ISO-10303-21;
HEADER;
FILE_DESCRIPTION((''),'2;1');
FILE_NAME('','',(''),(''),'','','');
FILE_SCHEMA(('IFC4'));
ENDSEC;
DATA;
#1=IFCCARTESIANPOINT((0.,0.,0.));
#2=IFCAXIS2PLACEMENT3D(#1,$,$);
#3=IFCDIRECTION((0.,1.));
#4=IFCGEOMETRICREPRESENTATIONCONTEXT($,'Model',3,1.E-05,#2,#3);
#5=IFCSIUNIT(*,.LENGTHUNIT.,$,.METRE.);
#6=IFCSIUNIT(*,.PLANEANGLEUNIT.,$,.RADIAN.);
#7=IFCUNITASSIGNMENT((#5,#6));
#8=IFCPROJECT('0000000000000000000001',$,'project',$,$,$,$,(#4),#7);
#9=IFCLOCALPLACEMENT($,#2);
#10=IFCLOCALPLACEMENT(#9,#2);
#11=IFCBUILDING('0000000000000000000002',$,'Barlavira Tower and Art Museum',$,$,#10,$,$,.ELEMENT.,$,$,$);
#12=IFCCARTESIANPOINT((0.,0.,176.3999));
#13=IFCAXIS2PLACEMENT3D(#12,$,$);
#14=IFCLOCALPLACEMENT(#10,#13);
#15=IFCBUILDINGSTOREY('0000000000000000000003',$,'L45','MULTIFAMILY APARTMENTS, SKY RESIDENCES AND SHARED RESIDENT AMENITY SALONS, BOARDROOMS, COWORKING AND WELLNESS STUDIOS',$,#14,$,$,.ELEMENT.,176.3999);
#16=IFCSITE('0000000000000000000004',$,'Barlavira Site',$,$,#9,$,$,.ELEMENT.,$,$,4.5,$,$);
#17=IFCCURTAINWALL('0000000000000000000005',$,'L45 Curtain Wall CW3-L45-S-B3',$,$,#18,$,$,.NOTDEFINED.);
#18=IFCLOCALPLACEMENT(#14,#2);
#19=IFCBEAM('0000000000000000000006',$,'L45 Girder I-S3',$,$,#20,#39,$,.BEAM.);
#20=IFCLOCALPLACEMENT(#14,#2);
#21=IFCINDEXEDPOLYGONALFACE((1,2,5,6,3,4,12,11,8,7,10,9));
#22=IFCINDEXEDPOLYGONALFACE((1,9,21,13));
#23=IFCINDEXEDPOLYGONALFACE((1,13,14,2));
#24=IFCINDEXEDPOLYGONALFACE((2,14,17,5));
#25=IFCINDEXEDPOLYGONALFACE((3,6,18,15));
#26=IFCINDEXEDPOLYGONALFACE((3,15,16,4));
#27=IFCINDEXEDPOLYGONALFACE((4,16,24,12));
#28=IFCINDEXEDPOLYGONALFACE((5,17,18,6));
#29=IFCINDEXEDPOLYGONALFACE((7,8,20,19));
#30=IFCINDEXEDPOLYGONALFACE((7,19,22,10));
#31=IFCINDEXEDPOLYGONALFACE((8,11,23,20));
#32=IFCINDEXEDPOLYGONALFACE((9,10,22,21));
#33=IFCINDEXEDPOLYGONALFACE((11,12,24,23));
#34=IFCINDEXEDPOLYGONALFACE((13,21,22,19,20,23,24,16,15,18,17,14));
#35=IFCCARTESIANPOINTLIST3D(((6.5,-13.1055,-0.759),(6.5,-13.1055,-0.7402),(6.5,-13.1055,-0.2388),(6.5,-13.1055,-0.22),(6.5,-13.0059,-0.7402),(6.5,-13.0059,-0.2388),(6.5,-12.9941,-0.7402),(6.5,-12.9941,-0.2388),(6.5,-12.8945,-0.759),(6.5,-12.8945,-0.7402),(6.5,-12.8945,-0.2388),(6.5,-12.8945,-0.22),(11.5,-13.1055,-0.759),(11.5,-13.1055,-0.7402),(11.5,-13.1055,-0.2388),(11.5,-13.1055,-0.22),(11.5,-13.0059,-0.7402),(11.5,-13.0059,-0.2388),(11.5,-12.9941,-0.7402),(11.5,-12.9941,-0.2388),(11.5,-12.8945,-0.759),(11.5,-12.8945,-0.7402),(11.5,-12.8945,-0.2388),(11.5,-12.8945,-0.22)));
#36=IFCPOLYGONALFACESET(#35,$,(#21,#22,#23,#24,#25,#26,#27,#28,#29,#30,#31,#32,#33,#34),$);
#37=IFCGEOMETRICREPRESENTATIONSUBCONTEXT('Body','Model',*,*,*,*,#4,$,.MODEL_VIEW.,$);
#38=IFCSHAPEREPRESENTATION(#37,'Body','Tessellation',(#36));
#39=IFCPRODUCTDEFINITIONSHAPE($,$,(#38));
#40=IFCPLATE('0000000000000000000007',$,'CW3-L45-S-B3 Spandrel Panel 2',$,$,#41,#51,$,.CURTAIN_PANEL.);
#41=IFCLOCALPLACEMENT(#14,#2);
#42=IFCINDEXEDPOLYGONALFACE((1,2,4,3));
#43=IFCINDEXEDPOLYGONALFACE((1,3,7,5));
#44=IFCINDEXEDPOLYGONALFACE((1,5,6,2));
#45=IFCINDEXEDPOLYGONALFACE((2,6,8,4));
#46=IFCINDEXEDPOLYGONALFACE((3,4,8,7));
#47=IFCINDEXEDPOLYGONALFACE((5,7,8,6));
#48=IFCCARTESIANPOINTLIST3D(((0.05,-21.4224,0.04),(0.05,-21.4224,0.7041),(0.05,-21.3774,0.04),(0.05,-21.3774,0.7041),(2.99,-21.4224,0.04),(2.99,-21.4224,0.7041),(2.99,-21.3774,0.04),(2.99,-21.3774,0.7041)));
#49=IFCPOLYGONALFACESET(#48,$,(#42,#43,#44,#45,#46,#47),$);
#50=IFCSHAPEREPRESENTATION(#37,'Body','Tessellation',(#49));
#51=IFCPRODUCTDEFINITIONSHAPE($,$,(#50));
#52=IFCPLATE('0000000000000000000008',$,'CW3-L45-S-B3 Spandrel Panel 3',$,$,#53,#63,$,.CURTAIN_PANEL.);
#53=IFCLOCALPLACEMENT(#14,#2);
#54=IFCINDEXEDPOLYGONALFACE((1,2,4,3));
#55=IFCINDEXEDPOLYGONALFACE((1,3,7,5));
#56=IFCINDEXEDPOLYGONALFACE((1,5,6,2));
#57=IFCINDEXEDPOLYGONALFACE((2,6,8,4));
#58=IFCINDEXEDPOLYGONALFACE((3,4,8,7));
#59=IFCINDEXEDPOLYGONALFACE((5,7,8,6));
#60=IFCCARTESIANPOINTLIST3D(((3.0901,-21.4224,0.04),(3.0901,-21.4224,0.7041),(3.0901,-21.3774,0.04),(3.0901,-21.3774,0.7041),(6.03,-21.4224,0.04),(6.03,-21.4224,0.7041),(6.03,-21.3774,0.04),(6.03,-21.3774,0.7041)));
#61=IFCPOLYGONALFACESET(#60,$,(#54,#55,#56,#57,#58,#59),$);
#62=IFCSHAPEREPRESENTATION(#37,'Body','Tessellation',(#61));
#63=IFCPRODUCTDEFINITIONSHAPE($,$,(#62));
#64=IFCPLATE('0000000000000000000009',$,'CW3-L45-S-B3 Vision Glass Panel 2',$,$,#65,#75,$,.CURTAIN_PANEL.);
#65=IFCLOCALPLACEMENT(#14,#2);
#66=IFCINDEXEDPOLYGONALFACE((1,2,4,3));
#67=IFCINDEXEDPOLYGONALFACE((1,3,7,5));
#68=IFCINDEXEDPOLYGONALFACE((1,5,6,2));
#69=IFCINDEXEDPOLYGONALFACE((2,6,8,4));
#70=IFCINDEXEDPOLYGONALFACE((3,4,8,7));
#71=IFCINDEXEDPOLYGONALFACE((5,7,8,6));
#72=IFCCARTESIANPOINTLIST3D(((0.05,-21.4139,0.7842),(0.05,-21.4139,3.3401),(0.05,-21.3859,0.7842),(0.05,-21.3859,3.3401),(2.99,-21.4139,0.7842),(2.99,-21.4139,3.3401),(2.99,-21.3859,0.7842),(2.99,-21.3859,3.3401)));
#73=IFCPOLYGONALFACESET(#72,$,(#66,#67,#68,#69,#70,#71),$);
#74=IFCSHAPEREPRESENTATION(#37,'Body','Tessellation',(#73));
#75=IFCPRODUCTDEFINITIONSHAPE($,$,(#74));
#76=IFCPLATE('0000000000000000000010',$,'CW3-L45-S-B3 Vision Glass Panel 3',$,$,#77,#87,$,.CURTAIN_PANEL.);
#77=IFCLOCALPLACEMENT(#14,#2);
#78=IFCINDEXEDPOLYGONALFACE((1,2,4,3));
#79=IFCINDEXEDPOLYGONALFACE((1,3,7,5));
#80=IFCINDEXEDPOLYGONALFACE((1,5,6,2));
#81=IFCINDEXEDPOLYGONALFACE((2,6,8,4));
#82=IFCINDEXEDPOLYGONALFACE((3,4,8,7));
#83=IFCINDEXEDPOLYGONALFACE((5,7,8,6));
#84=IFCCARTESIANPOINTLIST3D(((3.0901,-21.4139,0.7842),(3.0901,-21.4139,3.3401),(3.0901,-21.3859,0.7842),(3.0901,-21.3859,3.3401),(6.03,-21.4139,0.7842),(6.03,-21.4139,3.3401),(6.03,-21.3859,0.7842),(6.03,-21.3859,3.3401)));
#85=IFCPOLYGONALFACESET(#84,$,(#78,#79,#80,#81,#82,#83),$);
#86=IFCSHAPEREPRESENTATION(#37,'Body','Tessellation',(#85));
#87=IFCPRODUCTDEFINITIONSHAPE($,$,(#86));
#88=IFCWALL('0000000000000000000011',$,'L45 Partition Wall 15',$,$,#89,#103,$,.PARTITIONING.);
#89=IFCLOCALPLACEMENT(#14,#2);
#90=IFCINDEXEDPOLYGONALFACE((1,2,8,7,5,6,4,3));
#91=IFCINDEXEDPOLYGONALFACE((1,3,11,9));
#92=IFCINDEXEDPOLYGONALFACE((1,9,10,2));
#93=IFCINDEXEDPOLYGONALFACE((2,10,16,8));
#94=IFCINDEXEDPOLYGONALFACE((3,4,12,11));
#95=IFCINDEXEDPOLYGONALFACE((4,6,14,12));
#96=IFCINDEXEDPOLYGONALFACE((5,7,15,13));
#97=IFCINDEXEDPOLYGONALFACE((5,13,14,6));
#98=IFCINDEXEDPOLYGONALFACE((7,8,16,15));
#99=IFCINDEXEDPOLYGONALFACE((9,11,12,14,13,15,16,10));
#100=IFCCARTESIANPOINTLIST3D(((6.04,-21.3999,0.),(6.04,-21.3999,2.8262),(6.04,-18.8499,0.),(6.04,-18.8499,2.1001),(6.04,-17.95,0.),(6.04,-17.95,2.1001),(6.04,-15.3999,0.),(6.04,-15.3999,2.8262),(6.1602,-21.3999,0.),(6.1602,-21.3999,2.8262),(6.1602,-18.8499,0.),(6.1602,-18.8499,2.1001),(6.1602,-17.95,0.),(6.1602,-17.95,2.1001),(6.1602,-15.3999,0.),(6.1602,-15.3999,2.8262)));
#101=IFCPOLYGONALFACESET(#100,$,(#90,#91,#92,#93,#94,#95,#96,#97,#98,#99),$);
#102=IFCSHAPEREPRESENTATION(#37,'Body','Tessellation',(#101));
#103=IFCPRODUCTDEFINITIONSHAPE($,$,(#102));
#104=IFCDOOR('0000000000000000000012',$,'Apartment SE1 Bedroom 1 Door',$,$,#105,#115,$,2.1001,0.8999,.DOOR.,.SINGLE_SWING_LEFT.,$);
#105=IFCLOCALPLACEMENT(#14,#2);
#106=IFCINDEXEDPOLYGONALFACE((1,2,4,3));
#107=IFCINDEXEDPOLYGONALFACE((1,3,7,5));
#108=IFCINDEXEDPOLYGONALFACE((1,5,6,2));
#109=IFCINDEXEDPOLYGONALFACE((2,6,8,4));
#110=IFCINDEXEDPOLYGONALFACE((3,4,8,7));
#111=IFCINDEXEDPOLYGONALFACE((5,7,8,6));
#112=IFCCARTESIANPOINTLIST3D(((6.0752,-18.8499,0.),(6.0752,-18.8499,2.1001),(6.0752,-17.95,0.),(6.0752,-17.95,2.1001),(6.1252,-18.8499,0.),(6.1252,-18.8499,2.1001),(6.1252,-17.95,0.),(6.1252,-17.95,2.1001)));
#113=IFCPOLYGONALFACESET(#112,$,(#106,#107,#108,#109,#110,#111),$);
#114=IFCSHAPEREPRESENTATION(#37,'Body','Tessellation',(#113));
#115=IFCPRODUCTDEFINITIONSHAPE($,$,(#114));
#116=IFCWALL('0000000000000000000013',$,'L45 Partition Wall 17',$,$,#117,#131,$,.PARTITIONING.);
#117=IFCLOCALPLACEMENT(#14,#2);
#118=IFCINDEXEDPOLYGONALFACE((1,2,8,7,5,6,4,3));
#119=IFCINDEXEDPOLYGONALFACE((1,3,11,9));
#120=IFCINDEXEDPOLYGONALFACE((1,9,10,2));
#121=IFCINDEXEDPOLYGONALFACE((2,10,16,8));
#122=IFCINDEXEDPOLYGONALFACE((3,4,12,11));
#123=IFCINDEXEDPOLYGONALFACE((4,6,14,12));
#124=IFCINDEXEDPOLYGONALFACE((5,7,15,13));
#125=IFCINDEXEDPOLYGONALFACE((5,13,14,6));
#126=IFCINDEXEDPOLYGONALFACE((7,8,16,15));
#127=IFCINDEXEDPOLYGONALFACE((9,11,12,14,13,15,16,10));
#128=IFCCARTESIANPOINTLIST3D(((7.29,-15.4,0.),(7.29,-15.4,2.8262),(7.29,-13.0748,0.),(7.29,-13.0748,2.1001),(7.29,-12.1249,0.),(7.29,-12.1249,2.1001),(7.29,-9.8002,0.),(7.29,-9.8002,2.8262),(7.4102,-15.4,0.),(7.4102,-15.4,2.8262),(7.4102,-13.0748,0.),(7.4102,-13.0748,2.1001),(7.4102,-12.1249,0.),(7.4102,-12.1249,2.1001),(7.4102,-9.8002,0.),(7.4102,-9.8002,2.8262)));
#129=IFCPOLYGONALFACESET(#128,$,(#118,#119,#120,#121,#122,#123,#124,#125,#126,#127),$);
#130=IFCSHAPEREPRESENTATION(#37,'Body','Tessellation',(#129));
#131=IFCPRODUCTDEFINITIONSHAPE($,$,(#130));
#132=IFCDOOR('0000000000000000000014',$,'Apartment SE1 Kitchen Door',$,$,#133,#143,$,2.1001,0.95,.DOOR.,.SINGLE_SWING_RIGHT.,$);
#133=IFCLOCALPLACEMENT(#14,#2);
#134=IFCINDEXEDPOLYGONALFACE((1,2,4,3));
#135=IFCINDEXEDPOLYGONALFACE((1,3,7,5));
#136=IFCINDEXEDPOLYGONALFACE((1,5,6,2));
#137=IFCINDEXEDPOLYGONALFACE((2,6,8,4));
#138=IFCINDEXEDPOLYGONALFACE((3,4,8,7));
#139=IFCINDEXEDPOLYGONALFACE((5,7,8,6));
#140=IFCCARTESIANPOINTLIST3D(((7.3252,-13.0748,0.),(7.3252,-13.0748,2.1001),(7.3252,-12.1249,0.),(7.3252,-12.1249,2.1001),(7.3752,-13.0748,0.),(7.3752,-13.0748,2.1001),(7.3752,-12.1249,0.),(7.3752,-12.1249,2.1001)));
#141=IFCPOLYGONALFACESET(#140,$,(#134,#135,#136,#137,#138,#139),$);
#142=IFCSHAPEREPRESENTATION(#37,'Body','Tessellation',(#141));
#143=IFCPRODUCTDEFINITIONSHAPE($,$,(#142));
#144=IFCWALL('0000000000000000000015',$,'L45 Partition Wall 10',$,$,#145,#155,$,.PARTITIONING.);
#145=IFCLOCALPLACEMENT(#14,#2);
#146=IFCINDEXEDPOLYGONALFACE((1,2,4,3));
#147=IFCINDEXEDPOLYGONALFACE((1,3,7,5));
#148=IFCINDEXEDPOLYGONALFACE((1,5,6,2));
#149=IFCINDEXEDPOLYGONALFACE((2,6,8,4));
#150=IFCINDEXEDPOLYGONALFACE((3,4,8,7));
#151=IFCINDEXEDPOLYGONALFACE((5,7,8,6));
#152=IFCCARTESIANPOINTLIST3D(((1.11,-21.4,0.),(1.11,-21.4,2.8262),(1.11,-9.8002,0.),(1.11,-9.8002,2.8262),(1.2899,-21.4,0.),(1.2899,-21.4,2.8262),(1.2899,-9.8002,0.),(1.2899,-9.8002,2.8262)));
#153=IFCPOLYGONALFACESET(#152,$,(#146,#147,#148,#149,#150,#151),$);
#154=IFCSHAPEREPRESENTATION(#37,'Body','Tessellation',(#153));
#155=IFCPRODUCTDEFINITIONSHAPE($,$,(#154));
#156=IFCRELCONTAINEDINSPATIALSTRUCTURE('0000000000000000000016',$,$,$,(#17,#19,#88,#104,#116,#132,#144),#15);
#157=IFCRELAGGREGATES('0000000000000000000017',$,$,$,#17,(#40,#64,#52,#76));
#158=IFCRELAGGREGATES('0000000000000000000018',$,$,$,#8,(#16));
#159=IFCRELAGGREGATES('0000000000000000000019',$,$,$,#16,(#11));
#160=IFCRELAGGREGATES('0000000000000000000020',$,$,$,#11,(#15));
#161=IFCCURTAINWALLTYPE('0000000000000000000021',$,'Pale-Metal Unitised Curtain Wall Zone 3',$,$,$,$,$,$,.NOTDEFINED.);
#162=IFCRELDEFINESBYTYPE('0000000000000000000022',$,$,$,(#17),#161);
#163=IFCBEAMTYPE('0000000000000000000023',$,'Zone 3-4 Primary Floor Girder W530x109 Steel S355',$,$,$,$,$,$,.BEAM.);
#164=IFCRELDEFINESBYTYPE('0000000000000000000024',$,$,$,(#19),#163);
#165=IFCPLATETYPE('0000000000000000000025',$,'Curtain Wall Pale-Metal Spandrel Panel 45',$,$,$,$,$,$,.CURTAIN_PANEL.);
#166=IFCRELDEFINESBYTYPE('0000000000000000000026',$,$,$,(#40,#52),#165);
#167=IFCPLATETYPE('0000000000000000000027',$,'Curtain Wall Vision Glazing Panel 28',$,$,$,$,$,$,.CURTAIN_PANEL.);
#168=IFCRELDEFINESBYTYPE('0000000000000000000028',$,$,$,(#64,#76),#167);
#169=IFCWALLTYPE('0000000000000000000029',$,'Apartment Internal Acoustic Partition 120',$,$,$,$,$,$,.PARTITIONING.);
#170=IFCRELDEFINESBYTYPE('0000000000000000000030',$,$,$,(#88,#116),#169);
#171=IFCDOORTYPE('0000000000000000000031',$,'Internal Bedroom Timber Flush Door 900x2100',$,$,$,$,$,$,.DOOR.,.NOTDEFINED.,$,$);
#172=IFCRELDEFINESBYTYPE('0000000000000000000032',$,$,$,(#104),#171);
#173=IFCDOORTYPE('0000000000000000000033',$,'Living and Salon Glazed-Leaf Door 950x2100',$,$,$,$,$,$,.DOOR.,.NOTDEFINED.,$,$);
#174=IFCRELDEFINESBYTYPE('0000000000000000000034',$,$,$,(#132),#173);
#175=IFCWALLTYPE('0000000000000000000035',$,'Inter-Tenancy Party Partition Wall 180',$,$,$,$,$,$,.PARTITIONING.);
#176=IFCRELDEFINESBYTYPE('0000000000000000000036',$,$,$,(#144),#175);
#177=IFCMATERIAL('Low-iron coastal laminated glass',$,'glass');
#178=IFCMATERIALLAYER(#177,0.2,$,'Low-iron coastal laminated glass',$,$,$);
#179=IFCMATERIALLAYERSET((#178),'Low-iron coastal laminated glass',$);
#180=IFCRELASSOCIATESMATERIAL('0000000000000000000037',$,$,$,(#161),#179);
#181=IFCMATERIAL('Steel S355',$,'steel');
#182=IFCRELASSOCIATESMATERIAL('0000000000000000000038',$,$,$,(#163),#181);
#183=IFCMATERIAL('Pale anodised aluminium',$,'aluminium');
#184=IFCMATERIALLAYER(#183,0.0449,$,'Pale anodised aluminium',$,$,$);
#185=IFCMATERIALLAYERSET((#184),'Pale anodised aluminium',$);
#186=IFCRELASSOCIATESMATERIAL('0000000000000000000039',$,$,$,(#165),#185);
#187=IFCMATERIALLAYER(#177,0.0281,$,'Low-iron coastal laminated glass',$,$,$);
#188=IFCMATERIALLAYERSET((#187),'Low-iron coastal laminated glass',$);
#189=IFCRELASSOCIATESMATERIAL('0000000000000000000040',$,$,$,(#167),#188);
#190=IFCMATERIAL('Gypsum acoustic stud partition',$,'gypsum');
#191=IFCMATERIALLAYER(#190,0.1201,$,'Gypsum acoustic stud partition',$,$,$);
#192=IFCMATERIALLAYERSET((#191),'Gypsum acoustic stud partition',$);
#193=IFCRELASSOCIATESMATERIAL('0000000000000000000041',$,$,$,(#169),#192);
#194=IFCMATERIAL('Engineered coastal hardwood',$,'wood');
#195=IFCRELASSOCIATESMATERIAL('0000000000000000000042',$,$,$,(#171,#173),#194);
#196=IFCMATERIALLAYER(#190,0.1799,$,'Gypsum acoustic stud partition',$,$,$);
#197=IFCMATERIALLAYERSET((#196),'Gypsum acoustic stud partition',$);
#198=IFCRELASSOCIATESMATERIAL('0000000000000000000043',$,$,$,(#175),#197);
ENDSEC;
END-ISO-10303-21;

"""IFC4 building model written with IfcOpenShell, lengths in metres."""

from ifc_helpers import new_model, si_unit, direction, frame, frame_2d, origin, origin_2d, place, context, subcontext, project, spatial, rectangle, i_section, extrude, material, layer, layer_set, material_profile, profile_set, type_object, element, fill, aggregate, save


model = new_model("IFC4")

# Units and contexts
model_context = context("Model", 3, precision=1e-05, world=origin(), true_north=direction((0.0, 1.0)))
body_context = subcontext(model_context, "Body", "Model", "MODEL_VIEW")
ifc_project = project(units=[si_unit("LENGTHUNIT", "METRE"), si_unit("PLANEANGLEUNIT", "RADIAN")], contexts=[model_context])

# Site, building, storey
site_placement = place(None, origin())
site = spatial("IfcSite", under=ifc_project, at=site_placement, Name="Barlavira Site", CompositionType="ELEMENT", RefElevation=4.5)
building_placement = place(site_placement, origin())
building = spatial("IfcBuilding", under=site, at=building_placement, Name="Barlavira Tower and Art Museum", CompositionType="ELEMENT")
storey_placement = place(building_placement, frame((0.0, 0.0, 176.3999)))
storey = spatial("IfcBuildingStorey", under=building, at=storey_placement, Name="L45", Description="MULTIFAMILY APARTMENTS, SKY RESIDENCES AND SHARED RESIDENT AMENITY SALONS, BOARDROOMS, COWORKING AND WELLNESS STUDIOS", CompositionType="ELEMENT", Elevation=176.3999)

# Curtain wall
ifc_material_1 = material(Name="Low-iron coastal laminated glass", Category="glass")
ifc_layer_1 = layer(ifc_material_1, 0.2, Name="Low-iron coastal laminated glass")
ifc_layer_set_1 = layer_set([ifc_layer_1], Name="Low-iron coastal laminated glass")
curtain_wall_type = type_object("IfcCurtainWallType", Name="Pale-Metal Unitised Curtain Wall Zone 3", PredefinedType="NOTDEFINED", material=ifc_layer_set_1)
curtain_wall_placement = place(storey_placement, origin())
curtain_wall = element("IfcCurtainWall", 1, at=curtain_wall_placement, inside=storey, type_object=curtain_wall_type, Name="L45 Curtain Wall CW3-L45-S-B3", PredefinedType="NOTDEFINED")
ifc_material_2 = material(Name="Pale anodised aluminium", Category="aluminium")

# Beam
ifc_material_3 = material(Name="Steel S355", Category="steel")
ifc_material_profile_1 = material_profile(ifc_material_3, i_section(OverallWidth=0.2109, OverallDepth=0.5391, WebThickness=0.0117, FlangeThickness=0.0188, at=origin_2d()), Name="W530x109.0")
ifc_profile_set_1 = profile_set([ifc_material_profile_1], Name="Steel S355")
beam_type_1 = type_object("IfcBeamType", Name="Zone 3-4 Primary Floor Girder W530x109 Steel S355", PredefinedType="BEAM", material=ifc_profile_set_1)
beam_1_placement = place(storey_placement, frame((6.5, -13.0, -0.4895), z_axis=(1.0, 0.0, 0.0), x_axis=(0.0, 1.0, 0.0)))
element("IfcBeam", 2, at=beam_1_placement, inside=storey, type_object=beam_type_1, Name="L45 Girder I-S3", PredefinedType="BEAM", context=body_context, shape_type="SweptSolid", body=[
    extrude(i_section(OverallWidth=0.2109, OverallDepth=0.5391, WebThickness=0.0117, FlangeThickness=0.0188, at=origin_2d()), origin(), (0.0, 0.0, 1.0), 5.0),
])

# Plates
ifc_layer_2 = layer(ifc_material_2, 0.0449, Name="Pale anodised aluminium")
ifc_layer_set_2 = layer_set([ifc_layer_2], Name="Pale anodised aluminium")
plate_type_1 = type_object("IfcPlateType", Name="Curtain Wall Pale-Metal Spandrel Panel 45", PredefinedType="CURTAIN_PANEL", material=ifc_layer_set_2)
plate_1_placement = place(storey_placement, frame((1.52, -21.3999, 0.04), z_axis=(0.0, 0.0, 1.0), x_axis=(1.0, 0.0, 0.0)))
plate_1 = element("IfcPlate", 3, at=plate_1_placement, type_object=plate_type_1, Name="CW3-L45-S-B3 Spandrel Panel 2", PredefinedType="CURTAIN_PANEL", context=body_context, shape_type="SweptSolid", body=[
    extrude(rectangle(XDim=2.9399, YDim=0.0449, at=origin_2d()), origin(), (0.0, 0.0, 1.0), 0.6641),
])
plate_2_placement = place(storey_placement, frame((4.5601, -21.3999, 0.04), z_axis=(0.0, 0.0, 1.0), x_axis=(1.0, 0.0, 0.0)))
plate_2 = element("IfcPlate", 4, at=plate_2_placement, type_object=plate_type_1, Name="CW3-L45-S-B3 Spandrel Panel 3", PredefinedType="CURTAIN_PANEL", context=body_context, shape_type="SweptSolid", body=[
    extrude(rectangle(XDim=2.9399, YDim=0.0449, at=origin_2d()), origin(), (0.0, 0.0, 1.0), 0.6641),
])
ifc_layer_3 = layer(ifc_material_1, 0.0281, Name="Low-iron coastal laminated glass")
ifc_layer_set_3 = layer_set([ifc_layer_3], Name="Low-iron coastal laminated glass")
plate_type_2 = type_object("IfcPlateType", Name="Curtain Wall Vision Glazing Panel 28", PredefinedType="CURTAIN_PANEL", material=ifc_layer_set_3)
plate_3_placement = place(storey_placement, frame((1.52, -21.3999, 0.7842), z_axis=(0.0, 0.0, 1.0), x_axis=(1.0, 0.0, 0.0)))
plate_3 = element("IfcPlate", 5, at=plate_3_placement, type_object=plate_type_2, Name="CW3-L45-S-B3 Vision Glass Panel 2", PredefinedType="CURTAIN_PANEL", context=body_context, shape_type="SweptSolid", body=[
    extrude(rectangle(XDim=2.9399, YDim=0.0281, at=origin_2d()), origin(), (0.0, 0.0, 1.0), 2.5559),
])
plate_4_placement = place(storey_placement, frame((4.5601, -21.3999, 0.7842), z_axis=(0.0, 0.0, 1.0), x_axis=(1.0, 0.0, 0.0)))
plate_4 = element("IfcPlate", 6, at=plate_4_placement, type_object=plate_type_2, Name="CW3-L45-S-B3 Vision Glass Panel 3", PredefinedType="CURTAIN_PANEL", context=body_context, shape_type="SweptSolid", body=[
    extrude(rectangle(XDim=2.9399, YDim=0.0281, at=origin_2d()), origin(), (0.0, 0.0, 1.0), 2.5559),
])
aggregate(curtain_wall, [plate_1, plate_3, plate_2, plate_4])

# Walls, openings, doors
ifc_material_4 = material(Name="Gypsum acoustic stud partition", Category="gypsum")
ifc_layer_4 = layer(ifc_material_4, 0.1201, Name="Gypsum acoustic stud partition")
ifc_layer_set_4 = layer_set([ifc_layer_4], Name="Gypsum acoustic stud partition")
wall_type_1 = type_object("IfcWallType", Name="Apartment Internal Acoustic Partition 120", PredefinedType="PARTITIONING", material=ifc_layer_set_4)
wall_1_placement = place(storey_placement, frame((6.1001, -21.3999, 0.0), z_axis=(0.0, 0.0, 1.0), x_axis=(0.0, 1.0, 0.0)))
wall_1 = element("IfcWall", 7, at=wall_1_placement, inside=storey, type_object=wall_type_1, Name="L45 Partition Wall 15", PredefinedType="PARTITIONING", context=body_context, shape_type="SweptSolid", body=[
    extrude(rectangle(XDim=6.0, YDim=0.1201, at=frame_2d((3.0, 0.0))), origin(), (0.0, 0.0, 1.0), 2.8262),
])
opening_1_placement = place(wall_1_placement, frame((2.55, 0.0, 0.0)))
opening_1 = element("IfcOpeningElement", 8, at=opening_1_placement, cuts=wall_1, PredefinedType="OPENING", context=body_context, shape_type="SweptSolid", body=[
    extrude(rectangle(XDim=0.8999, YDim=2.1001, at=frame_2d((0.45, 1.05))), frame((0.0, 0.0701, 0.0), z_axis=(0.0, -1.0, 0.0), x_axis=(1.0, 0.0, 0.0)), (0.0, 0.0, 1.0), 0.1401),
])
ifc_material_5 = material(Name="Engineered coastal hardwood", Category="wood")
door_type_1 = type_object("IfcDoorType", Name="Internal Bedroom Timber Flush Door 900x2100", OperationType="NOTDEFINED", PredefinedType="DOOR", material=ifc_material_5)
door_1_placement = place(opening_1_placement, origin())
door_1 = element("IfcDoor", 9, at=door_1_placement, inside=storey, type_object=door_type_1, Name="Apartment SE1 Bedroom 1 Door", OperationType="SINGLE_SWING_LEFT", OverallHeight=2.1001, OverallWidth=0.8999, PredefinedType="DOOR", context=body_context, shape_type="SweptSolid", body=[
    extrude(rectangle(XDim=0.8999, YDim=2.1001, at=frame_2d((0.45, 1.05))), frame((0.0, 0.0249, 0.0), z_axis=(0.0, -1.0, 0.0), x_axis=(1.0, 0.0, 0.0)), (0.0, 0.0, 1.0), 0.05),
])
fill(opening_1, door_1)
wall_2_placement = place(storey_placement, frame((7.3501, -15.3999, 0.0), z_axis=(0.0, 0.0, 1.0), x_axis=(0.0, 1.0, 0.0)))
wall_2 = element("IfcWall", 10, at=wall_2_placement, inside=storey, type_object=wall_type_1, Name="L45 Partition Wall 17", PredefinedType="PARTITIONING", context=body_context, shape_type="SweptSolid", body=[
    extrude(rectangle(XDim=5.5999, YDim=0.1201, at=frame_2d((2.7998, 0.0))), origin(), (0.0, 0.0, 1.0), 2.8262),
])
opening_2_placement = place(wall_2_placement, frame((2.325, 0.0, 0.0)))
opening_2 = element("IfcOpeningElement", 11, at=opening_2_placement, cuts=wall_2, PredefinedType="OPENING", context=body_context, shape_type="SweptSolid", body=[
    extrude(rectangle(XDim=0.95, YDim=2.1001, at=frame_2d((0.4751, 1.05))), frame((0.0, 0.0701, 0.0), z_axis=(0.0, -1.0, 0.0), x_axis=(1.0, 0.0, 0.0)), (0.0, 0.0, 1.0), 0.1401),
])
door_type_2 = type_object("IfcDoorType", Name="Living and Salon Glazed-Leaf Door 950x2100", OperationType="NOTDEFINED", PredefinedType="DOOR", material=ifc_material_5)
door_2_placement = place(opening_2_placement, origin())
door_2 = element("IfcDoor", 12, at=door_2_placement, inside=storey, type_object=door_type_2, Name="Apartment SE1 Kitchen Door", OperationType="SINGLE_SWING_RIGHT", OverallHeight=2.1001, OverallWidth=0.95, PredefinedType="DOOR", context=body_context, shape_type="SweptSolid", body=[
    extrude(rectangle(XDim=0.95, YDim=2.1001, at=frame_2d((0.4751, 1.05))), frame((0.0, 0.0249, 0.0), z_axis=(0.0, -1.0, 0.0), x_axis=(1.0, 0.0, 0.0)), (0.0, 0.0, 1.0), 0.05),
])
fill(opening_2, door_2)

# Wall
ifc_layer_5 = layer(ifc_material_4, 0.1799, Name="Gypsum acoustic stud partition")
ifc_layer_set_5 = layer_set([ifc_layer_5], Name="Gypsum acoustic stud partition")
wall_type_2 = type_object("IfcWallType", Name="Inter-Tenancy Party Partition Wall 180", PredefinedType="PARTITIONING", material=ifc_layer_set_5)
wall_3_placement = place(storey_placement, frame((1.2, -21.3999, 0.0), z_axis=(0.0, 0.0, 1.0), x_axis=(0.0, 1.0, 0.0)))
element("IfcWall", 13, at=wall_3_placement, inside=storey, type_object=wall_type_2, Name="L45 Partition Wall 10", PredefinedType="PARTITIONING", context=body_context, shape_type="SweptSolid", body=[
    extrude(rectangle(XDim=11.5999, YDim=0.1799, at=frame_2d((5.7998, 0.0))), origin(), (0.0, 0.0, 1.0), 2.8262),
])

save(model, "model.ifc")
